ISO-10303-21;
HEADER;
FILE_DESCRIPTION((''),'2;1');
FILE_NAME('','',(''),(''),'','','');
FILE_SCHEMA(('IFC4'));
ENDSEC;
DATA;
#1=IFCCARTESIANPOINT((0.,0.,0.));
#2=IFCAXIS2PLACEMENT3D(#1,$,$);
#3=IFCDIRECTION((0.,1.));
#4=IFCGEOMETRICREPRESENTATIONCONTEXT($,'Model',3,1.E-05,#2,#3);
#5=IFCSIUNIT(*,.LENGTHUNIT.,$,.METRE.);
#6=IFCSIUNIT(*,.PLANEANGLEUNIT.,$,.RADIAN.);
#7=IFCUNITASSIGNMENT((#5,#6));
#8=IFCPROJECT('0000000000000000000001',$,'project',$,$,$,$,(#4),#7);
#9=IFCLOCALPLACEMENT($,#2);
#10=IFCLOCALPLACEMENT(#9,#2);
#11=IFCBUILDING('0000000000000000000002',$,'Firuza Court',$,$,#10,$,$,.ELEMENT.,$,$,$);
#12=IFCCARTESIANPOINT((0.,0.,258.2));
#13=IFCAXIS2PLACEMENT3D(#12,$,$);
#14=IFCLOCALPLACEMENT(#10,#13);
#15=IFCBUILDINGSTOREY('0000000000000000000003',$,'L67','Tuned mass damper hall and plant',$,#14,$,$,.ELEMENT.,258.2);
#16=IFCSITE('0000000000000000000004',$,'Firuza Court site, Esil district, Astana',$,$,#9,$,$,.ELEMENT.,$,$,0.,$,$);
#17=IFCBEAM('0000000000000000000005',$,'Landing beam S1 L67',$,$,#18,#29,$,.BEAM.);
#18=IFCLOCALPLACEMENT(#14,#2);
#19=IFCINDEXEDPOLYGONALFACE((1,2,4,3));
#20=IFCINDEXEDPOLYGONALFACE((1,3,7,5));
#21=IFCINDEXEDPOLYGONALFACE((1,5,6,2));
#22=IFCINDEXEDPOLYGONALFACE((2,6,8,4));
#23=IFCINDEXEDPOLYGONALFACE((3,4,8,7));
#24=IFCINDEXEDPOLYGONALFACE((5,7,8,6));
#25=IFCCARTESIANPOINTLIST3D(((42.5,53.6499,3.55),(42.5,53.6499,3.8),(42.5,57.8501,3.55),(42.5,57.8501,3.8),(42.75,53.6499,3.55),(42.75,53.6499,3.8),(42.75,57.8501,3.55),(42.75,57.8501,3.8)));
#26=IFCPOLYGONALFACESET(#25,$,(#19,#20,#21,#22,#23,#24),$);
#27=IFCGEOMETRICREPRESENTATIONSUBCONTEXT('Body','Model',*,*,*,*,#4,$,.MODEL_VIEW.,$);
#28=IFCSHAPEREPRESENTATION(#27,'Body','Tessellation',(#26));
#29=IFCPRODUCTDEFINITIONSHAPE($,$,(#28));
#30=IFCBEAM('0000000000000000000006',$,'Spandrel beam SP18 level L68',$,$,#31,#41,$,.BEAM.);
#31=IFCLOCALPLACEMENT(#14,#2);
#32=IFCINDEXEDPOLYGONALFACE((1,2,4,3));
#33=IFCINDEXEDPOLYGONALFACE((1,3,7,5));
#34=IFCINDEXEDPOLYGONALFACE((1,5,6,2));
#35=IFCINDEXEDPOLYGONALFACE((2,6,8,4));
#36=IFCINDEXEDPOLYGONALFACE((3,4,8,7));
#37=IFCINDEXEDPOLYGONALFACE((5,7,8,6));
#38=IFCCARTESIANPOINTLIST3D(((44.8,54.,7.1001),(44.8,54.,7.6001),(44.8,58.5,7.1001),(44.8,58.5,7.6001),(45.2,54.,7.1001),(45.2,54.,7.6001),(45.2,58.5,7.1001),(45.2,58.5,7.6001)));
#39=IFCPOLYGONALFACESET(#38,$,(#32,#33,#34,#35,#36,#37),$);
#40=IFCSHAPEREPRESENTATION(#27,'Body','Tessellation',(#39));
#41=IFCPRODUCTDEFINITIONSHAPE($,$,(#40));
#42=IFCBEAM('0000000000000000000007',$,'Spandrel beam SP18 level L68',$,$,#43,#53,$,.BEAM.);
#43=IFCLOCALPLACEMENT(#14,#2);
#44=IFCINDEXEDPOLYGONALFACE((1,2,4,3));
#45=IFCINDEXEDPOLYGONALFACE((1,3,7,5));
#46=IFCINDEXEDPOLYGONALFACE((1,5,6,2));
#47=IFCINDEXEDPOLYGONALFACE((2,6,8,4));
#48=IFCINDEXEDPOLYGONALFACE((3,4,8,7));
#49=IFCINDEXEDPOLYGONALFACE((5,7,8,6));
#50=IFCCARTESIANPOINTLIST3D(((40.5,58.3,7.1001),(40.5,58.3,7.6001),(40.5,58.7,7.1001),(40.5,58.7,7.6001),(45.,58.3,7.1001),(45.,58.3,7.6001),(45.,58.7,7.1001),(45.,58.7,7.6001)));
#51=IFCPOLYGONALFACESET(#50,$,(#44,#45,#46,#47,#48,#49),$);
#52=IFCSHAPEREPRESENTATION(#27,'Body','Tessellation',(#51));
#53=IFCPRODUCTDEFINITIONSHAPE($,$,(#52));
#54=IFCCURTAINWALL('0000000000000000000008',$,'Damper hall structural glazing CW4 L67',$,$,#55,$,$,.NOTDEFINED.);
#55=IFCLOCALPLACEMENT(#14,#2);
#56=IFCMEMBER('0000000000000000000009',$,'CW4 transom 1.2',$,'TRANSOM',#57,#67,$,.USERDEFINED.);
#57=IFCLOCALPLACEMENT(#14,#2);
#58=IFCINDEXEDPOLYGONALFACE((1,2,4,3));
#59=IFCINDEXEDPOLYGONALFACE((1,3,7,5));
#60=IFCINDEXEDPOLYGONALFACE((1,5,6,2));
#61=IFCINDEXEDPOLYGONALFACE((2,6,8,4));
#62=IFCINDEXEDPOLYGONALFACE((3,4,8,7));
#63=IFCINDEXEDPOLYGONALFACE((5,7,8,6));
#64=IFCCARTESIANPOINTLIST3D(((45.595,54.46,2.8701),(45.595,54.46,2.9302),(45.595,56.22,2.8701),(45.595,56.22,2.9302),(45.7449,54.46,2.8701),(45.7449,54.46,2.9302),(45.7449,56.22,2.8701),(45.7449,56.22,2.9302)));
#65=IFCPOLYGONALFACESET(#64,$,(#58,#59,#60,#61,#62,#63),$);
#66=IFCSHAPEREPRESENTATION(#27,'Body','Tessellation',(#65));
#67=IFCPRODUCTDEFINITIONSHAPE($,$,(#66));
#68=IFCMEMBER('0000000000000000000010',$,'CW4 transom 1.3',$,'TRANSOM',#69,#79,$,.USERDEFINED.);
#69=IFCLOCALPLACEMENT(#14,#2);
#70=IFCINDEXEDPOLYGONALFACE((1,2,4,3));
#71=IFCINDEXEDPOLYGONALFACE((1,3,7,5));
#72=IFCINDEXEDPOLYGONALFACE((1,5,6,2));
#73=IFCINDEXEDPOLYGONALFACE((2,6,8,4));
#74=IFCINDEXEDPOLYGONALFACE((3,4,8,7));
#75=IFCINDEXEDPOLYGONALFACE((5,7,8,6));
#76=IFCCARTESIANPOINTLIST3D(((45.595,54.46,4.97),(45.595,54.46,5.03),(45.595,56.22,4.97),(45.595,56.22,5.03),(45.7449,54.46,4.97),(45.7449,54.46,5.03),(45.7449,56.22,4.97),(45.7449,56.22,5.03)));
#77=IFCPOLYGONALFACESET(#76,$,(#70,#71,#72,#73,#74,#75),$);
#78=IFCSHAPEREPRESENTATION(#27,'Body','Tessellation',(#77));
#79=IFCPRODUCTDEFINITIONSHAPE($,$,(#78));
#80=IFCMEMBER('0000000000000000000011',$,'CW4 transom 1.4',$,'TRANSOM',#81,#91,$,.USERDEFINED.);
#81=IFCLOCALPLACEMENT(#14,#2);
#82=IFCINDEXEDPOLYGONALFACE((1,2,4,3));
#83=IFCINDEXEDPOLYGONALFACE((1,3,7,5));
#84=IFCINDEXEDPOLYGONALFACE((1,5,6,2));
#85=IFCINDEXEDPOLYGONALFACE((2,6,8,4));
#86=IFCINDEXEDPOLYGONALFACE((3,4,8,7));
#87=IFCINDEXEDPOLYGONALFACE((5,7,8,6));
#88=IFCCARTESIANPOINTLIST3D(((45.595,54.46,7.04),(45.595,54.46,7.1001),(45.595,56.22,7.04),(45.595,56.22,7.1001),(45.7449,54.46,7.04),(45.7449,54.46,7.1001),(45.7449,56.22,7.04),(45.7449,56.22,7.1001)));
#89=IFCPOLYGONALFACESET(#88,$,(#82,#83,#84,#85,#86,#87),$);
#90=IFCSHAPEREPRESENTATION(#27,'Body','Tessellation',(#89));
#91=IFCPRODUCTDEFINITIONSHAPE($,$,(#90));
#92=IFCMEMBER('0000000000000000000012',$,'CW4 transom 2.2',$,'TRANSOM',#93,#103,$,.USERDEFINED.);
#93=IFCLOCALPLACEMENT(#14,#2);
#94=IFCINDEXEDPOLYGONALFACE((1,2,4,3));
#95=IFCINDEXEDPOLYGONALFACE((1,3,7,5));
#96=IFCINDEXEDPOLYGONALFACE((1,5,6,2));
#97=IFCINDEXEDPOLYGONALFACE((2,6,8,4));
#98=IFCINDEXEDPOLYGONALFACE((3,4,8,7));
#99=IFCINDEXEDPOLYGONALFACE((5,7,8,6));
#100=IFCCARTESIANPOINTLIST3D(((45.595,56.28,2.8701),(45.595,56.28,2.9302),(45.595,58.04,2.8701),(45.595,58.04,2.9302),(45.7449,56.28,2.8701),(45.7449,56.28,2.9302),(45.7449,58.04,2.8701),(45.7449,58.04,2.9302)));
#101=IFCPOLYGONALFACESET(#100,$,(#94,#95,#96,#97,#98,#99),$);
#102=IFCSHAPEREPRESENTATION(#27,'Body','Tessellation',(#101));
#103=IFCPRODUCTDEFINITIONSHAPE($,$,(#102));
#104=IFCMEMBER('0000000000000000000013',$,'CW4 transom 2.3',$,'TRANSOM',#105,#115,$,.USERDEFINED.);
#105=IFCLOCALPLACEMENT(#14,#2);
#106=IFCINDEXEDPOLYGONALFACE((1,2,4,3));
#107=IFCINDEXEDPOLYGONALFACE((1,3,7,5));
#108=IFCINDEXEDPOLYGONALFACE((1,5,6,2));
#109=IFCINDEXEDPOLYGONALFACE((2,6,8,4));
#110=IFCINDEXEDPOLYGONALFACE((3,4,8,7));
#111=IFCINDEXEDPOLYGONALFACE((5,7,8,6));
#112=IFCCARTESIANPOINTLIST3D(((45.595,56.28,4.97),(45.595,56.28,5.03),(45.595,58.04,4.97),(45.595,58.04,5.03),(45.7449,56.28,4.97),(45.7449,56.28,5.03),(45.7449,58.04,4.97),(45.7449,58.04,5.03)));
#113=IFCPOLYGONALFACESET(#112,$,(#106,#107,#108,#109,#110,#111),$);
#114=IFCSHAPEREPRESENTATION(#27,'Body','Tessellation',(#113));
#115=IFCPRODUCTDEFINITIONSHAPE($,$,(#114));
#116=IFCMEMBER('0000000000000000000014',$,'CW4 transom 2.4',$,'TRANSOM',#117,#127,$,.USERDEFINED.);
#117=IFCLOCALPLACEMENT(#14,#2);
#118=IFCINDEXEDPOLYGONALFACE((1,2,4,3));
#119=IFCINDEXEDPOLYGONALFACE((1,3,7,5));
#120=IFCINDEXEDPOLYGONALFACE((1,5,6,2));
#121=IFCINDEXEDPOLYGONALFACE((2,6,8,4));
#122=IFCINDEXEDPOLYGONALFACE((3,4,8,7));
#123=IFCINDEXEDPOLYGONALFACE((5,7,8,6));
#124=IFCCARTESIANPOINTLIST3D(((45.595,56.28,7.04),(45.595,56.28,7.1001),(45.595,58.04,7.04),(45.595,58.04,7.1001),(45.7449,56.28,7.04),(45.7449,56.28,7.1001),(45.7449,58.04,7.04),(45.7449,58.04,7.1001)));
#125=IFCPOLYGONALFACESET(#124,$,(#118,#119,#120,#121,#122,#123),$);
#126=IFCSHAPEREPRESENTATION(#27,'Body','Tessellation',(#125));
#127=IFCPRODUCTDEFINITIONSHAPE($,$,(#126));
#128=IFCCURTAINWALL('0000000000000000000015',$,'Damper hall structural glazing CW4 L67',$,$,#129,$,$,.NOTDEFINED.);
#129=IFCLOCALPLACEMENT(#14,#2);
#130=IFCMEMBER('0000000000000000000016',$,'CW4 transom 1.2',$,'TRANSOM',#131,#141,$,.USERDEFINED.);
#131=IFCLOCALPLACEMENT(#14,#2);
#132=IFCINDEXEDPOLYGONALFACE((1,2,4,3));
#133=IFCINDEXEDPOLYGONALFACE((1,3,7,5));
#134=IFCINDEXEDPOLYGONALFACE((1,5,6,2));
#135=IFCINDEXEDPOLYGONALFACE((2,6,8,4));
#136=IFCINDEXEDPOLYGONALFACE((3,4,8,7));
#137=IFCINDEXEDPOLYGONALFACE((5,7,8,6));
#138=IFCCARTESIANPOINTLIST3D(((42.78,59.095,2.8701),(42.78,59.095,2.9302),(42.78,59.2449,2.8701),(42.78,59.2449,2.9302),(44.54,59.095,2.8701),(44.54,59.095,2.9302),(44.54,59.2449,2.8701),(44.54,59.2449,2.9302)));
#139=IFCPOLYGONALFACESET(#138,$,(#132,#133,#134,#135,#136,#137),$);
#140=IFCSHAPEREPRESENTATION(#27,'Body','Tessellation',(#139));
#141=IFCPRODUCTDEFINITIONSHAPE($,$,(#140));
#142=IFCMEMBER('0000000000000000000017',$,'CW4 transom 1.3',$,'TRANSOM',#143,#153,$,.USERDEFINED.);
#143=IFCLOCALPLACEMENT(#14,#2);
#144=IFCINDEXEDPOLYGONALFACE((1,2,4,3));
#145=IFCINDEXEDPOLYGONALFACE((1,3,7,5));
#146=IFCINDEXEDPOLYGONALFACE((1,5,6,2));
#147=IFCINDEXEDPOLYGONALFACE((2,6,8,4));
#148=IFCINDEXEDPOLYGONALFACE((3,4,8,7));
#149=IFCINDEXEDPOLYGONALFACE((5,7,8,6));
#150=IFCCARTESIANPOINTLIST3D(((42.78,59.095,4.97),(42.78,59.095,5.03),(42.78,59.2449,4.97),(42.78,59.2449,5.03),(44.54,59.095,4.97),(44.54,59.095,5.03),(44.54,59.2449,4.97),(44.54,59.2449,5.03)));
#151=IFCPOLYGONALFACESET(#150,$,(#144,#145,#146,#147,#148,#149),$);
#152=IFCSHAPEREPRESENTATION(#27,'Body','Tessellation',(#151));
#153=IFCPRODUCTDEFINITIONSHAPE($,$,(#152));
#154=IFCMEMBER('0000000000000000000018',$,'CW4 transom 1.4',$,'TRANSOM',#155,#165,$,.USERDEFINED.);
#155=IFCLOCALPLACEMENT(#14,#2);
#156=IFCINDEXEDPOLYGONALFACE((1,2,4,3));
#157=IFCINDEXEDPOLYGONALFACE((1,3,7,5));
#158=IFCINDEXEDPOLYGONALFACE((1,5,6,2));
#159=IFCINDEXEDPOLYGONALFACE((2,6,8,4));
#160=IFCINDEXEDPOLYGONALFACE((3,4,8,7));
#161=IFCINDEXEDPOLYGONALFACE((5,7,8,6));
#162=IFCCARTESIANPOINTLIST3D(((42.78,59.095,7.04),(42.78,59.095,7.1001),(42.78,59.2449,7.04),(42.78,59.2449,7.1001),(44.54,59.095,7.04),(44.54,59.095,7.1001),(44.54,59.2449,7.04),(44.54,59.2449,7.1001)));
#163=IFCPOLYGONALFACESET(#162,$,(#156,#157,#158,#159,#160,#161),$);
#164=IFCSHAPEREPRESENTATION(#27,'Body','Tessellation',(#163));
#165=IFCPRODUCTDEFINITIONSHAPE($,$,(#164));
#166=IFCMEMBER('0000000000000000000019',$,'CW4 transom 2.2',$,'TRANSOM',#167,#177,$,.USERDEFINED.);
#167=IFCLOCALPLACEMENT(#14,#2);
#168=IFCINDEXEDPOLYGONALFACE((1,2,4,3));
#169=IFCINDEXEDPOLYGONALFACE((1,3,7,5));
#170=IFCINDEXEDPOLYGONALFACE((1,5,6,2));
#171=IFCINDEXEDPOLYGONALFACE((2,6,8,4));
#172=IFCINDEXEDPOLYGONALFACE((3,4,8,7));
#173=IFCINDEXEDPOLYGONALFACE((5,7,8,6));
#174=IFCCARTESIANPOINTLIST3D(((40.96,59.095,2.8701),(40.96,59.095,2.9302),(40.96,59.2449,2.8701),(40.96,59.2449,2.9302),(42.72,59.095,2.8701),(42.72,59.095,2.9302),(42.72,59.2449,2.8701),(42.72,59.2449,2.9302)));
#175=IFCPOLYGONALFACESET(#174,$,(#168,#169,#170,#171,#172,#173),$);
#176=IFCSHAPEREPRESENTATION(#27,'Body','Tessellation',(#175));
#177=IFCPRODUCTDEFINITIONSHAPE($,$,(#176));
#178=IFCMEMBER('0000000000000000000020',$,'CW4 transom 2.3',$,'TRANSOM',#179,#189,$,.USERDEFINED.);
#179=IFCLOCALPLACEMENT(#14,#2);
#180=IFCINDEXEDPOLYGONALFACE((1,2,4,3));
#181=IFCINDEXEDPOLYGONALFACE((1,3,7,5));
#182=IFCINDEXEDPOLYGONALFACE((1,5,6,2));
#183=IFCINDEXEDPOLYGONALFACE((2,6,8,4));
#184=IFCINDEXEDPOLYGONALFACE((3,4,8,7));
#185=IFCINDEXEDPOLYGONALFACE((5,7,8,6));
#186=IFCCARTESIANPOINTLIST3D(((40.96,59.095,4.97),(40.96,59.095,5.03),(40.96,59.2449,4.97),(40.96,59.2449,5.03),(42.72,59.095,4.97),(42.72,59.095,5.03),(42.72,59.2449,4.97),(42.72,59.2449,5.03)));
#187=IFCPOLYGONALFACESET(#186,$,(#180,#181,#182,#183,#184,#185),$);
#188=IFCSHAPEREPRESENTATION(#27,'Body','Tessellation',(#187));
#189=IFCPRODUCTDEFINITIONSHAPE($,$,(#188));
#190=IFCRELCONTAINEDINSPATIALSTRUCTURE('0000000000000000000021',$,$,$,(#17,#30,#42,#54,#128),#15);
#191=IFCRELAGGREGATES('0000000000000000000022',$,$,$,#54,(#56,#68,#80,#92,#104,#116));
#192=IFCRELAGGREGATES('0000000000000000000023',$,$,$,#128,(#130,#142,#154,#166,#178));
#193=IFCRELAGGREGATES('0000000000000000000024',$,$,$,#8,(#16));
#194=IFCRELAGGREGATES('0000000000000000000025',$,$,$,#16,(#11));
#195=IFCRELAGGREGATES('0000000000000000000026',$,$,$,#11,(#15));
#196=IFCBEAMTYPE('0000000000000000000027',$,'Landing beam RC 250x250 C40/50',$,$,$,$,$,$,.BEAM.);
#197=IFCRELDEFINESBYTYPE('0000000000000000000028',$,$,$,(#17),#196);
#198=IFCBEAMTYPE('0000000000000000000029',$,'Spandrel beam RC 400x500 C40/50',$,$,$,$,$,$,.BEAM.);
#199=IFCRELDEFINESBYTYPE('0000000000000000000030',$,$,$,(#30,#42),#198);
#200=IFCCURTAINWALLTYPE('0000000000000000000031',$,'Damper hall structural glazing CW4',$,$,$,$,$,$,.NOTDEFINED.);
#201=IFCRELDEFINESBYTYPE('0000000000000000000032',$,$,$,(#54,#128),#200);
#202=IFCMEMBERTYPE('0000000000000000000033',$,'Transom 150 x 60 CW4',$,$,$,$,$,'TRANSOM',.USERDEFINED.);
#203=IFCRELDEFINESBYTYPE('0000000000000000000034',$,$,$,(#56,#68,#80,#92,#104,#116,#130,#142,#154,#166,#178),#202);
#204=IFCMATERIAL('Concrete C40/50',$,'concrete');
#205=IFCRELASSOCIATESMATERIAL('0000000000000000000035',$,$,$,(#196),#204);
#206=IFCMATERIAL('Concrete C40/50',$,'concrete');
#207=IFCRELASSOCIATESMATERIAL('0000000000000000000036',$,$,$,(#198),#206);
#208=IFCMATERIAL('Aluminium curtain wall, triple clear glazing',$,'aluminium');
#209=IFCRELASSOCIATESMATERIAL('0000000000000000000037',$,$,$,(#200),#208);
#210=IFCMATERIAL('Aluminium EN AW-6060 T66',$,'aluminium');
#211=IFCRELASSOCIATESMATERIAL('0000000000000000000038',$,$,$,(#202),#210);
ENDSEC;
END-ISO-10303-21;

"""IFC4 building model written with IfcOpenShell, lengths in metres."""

from ifc_helpers import new_model, si_unit, direction, frame, origin, origin_2d, place, context, subcontext, project, spatial, rectangle, extrude, material, material_profile, profile_set, type_object, element, aggregate, save


model = new_model("IFC4")

# Units and contexts
model_context = context("Model", 3, precision=1e-05, world=origin(), true_north=direction((0.0, 1.0)))
body_context = subcontext(model_context, "Body", "Model", "MODEL_VIEW")
ifc_project = project(units=[si_unit("LENGTHUNIT", "METRE"), si_unit("PLANEANGLEUNIT", "RADIAN")], contexts=[model_context])

# Site, building, storey
site_placement = place(None, origin())
site = spatial("IfcSite", under=ifc_project, at=site_placement, Name="Firuza Court site, Esil district, Astana", CompositionType="ELEMENT", RefElevation=0.0)
building_placement = place(site_placement, origin())
building = spatial("IfcBuilding", under=site, at=building_placement, Name="Firuza Court", CompositionType="ELEMENT")
storey_placement = place(building_placement, frame((0.0, 0.0, 258.2)))
storey = spatial("IfcBuildingStorey", under=building, at=storey_placement, Name="L67", Description="Tuned mass damper hall and plant", CompositionType="ELEMENT", Elevation=258.2)

# Beams
ifc_material_1 = material(Name="Concrete C40/50", Category="concrete")
ifc_material_profile_1 = material_profile(ifc_material_1, rectangle(XDim=0.25, YDim=0.25, at=origin_2d()), Name="RC 250x250")
ifc_profile_set_1 = profile_set([ifc_material_profile_1], Name="Concrete C40/50")
beam_type_1 = type_object("IfcBeamType", Name="Landing beam RC 250x250 C40/50", PredefinedType="BEAM", material=ifc_profile_set_1)
beam_placement = place(storey_placement, frame((42.625, 53.6499, 3.675), z_axis=(0.0, 1.0, 0.0), x_axis=(-1.0, 0.0, 0.0)))
element("IfcBeam", 1, at=beam_placement, inside=storey, type_object=beam_type_1, Name="Landing beam S1 L67", PredefinedType="BEAM", context=body_context, shape_type="SweptSolid", body=[
    extrude(rectangle(XDim=0.25, YDim=0.25, at=origin_2d()), origin(), (0.0, 0.0, 1.0), 4.2002),
])
ifc_material_2 = material(Name="Concrete C40/50", Category="concrete")
ifc_material_profile_2 = material_profile(ifc_material_2, rectangle(XDim=0.3999, YDim=0.5, at=origin_2d()), Name="RC 400x500")
ifc_profile_set_2 = profile_set([ifc_material_profile_2], Name="Concrete C40/50")
beam_type_2 = type_object("IfcBeamType", Name="Spandrel beam RC 400x500 C40/50", PredefinedType="BEAM", material=ifc_profile_set_2)
for number, where, z_axis, x_axis, name in (
    (2, (45.0, 54.0, 7.3501), (0.0, 1.0, 0.0), (-1.0, 0.0, 0.0), "Spandrel beam SP18 level L68"),
    (3, (45.0, 58.5, 7.3501), (-1.0, 0.0, 0.0), (0.0, -1.0, 0.0), "Spandrel beam SP18 level L68"),
):
    element("IfcBeam", number, at=place(storey_placement, frame(where, z_axis=z_axis, x_axis=x_axis)), inside=storey, type_object=beam_type_2, Name=name, PredefinedType="BEAM", context=body_context, shape_type="SweptSolid", body=[
        extrude(rectangle(XDim=0.3999, YDim=0.5, at=origin_2d()), origin(), (0.0, 0.0, 1.0), 4.5),
    ])

# Curtain walls, members
ifc_material_3 = material(Name="Aluminium curtain wall, triple clear glazing", Category="aluminium")
curtain_wall_type = type_object("IfcCurtainWallType", Name="Damper hall structural glazing CW4", PredefinedType="NOTDEFINED", material=ifc_material_3)
curtain_wall_1_placement = place(storey_placement, origin())
curtain_wall_1 = element("IfcCurtainWall", 4, at=curtain_wall_1_placement, inside=storey, type_object=curtain_wall_type, Name="Damper hall structural glazing CW4 L67", PredefinedType="NOTDEFINED")
ifc_material_4 = material(Name="Aluminium EN AW-6060 T66", Category="aluminium")
ifc_material_profile_3 = material_profile(ifc_material_4, rectangle(XDim=0.1499, YDim=0.0601, at=origin_2d()), Name="Transom 150 x 60 CW4")
ifc_profile_set_3 = profile_set([ifc_material_profile_3], Name="Aluminium EN AW-6060 T66")
member_type = type_object("IfcMemberType", Name="Transom 150 x 60 CW4", ElementType="TRANSOM", PredefinedType="USERDEFINED", material=ifc_profile_set_3)
member_1_placement = place(storey_placement, frame((45.6699, 54.46, 2.9001), z_axis=(0.0, 1.0, 0.0), x_axis=(-1.0, 0.0, 0.0)))
member_1 = element("IfcMember", 5, at=member_1_placement, type_object=member_type, Name="CW4 transom 1.2", ObjectType="TRANSOM", PredefinedType="USERDEFINED", context=body_context, shape_type="SweptSolid", body=[
    extrude(rectangle(XDim=0.1499, YDim=0.0601, at=origin_2d()), origin(), (0.0, 0.0, 1.0), 1.76),
])
member_2_placement = place(storey_placement, frame((45.6699, 54.46, 5.0), z_axis=(0.0, 1.0, 0.0), x_axis=(-1.0, 0.0, 0.0)))
member_2 = element("IfcMember", 6, at=member_2_placement, type_object=member_type, Name="CW4 transom 1.3", ObjectType="TRANSOM", PredefinedType="USERDEFINED", context=body_context, shape_type="SweptSolid", body=[
    extrude(rectangle(XDim=0.1499, YDim=0.0601, at=origin_2d()), origin(), (0.0, 0.0, 1.0), 1.76),
])
member_3_placement = place(storey_placement, frame((45.6699, 54.46, 7.0701), z_axis=(0.0, 1.0, 0.0), x_axis=(-1.0, 0.0, 0.0)))
member_3 = element("IfcMember", 7, at=member_3_placement, type_object=member_type, Name="CW4 transom 1.4", ObjectType="TRANSOM", PredefinedType="USERDEFINED", context=body_context, shape_type="SweptSolid", body=[
    extrude(rectangle(XDim=0.1499, YDim=0.0601, at=origin_2d()), origin(), (0.0, 0.0, 1.0), 1.76),
])
member_4_placement = place(storey_placement, frame((45.6699, 56.28, 2.9001), z_axis=(0.0, 1.0, 0.0), x_axis=(-1.0, 0.0, 0.0)))
member_4 = element("IfcMember", 8, at=member_4_placement, type_object=member_type, Name="CW4 transom 2.2", ObjectType="TRANSOM", PredefinedType="USERDEFINED", context=body_context, shape_type="SweptSolid", body=[
    extrude(rectangle(XDim=0.1499, YDim=0.0601, at=origin_2d()), origin(), (0.0, 0.0, 1.0), 1.76),
])
member_5_placement = place(storey_placement, frame((45.6699, 56.28, 5.0), z_axis=(0.0, 1.0, 0.0), x_axis=(-1.0, 0.0, 0.0)))
member_5 = element("IfcMember", 9, at=member_5_placement, type_object=member_type, Name="CW4 transom 2.3", ObjectType="TRANSOM", PredefinedType="USERDEFINED", context=body_context, shape_type="SweptSolid", body=[
    extrude(rectangle(XDim=0.1499, YDim=0.0601, at=origin_2d()), origin(), (0.0, 0.0, 1.0), 1.76),
])
member_6_placement = place(storey_placement, frame((45.6699, 56.28, 7.0701), z_axis=(0.0, 1.0, 0.0), x_axis=(-1.0, 0.0, 0.0)))
member_6 = element("IfcMember", 10, at=member_6_placement, type_object=member_type, Name="CW4 transom 2.4", ObjectType="TRANSOM", PredefinedType="USERDEFINED", context=body_context, shape_type="SweptSolid", body=[
    extrude(rectangle(XDim=0.1499, YDim=0.0601, at=origin_2d()), origin(), (0.0, 0.0, 1.0), 1.76),
])
curtain_wall_2_placement = place(storey_placement, origin())
curtain_wall_2 = element("IfcCurtainWall", 11, at=curtain_wall_2_placement, inside=storey, type_object=curtain_wall_type, Name="Damper hall structural glazing CW4 L67", PredefinedType="NOTDEFINED")
member_7_placement = place(storey_placement, frame((44.54, 59.1699, 2.9001), z_axis=(-1.0, 0.0, 0.0), x_axis=(0.0, -1.0, 0.0)))
member_7 = element("IfcMember", 12, at=member_7_placement, type_object=member_type, Name="CW4 transom 1.2", ObjectType="TRANSOM", PredefinedType="USERDEFINED", context=body_context, shape_type="SweptSolid", body=[
    extrude(rectangle(XDim=0.1499, YDim=0.0601, at=origin_2d()), origin(), (0.0, 0.0, 1.0), 1.76),
])
member_8_placement = place(storey_placement, frame((44.54, 59.1699, 5.0), z_axis=(-1.0, 0.0, 0.0), x_axis=(0.0, -1.0, 0.0)))
member_8 = element("IfcMember", 13, at=member_8_placement, type_object=member_type, Name="CW4 transom 1.3", ObjectType="TRANSOM", PredefinedType="USERDEFINED", context=body_context, shape_type="SweptSolid", body=[
    extrude(rectangle(XDim=0.1499, YDim=0.0601, at=origin_2d()), origin(), (0.0, 0.0, 1.0), 1.76),
])
member_9_placement = place(storey_placement, frame((44.54, 59.1699, 7.0701), z_axis=(-1.0, 0.0, 0.0), x_axis=(0.0, -1.0, 0.0)))
member_9 = element("IfcMember", 14, at=member_9_placement, type_object=member_type, Name="CW4 transom 1.4", ObjectType="TRANSOM", PredefinedType="USERDEFINED", context=body_context, shape_type="SweptSolid", body=[
    extrude(rectangle(XDim=0.1499, YDim=0.0601, at=origin_2d()), origin(), (0.0, 0.0, 1.0), 1.76),
])
member_10_placement = place(storey_placement, frame((42.72, 59.1699, 2.9001), z_axis=(-1.0, 0.0, 0.0), x_axis=(0.0, -1.0, 0.0)))
member_10 = element("IfcMember", 15, at=member_10_placement, type_object=member_type, Name="CW4 transom 2.2", ObjectType="TRANSOM", PredefinedType="USERDEFINED", context=body_context, shape_type="SweptSolid", body=[
    extrude(rectangle(XDim=0.1499, YDim=0.0601, at=origin_2d()), origin(), (0.0, 0.0, 1.0), 1.76),
])
member_11_placement = place(storey_placement, frame((42.72, 59.1699, 5.0), z_axis=(-1.0, 0.0, 0.0), x_axis=(0.0, -1.0, 0.0)))
member_11 = element("IfcMember", 16, at=member_11_placement, type_object=member_type, Name="CW4 transom 2.3", ObjectType="TRANSOM", PredefinedType="USERDEFINED", context=body_context, shape_type="SweptSolid", body=[
    extrude(rectangle(XDim=0.1499, YDim=0.0601, at=origin_2d()), origin(), (0.0, 0.0, 1.0), 1.76),
])

aggregate(curtain_wall_1, [member_1, member_2, member_3, member_4, member_5, member_6])
aggregate(curtain_wall_2, [member_7, member_8, member_9, member_10, member_11])

save(model, "model.ifc")
